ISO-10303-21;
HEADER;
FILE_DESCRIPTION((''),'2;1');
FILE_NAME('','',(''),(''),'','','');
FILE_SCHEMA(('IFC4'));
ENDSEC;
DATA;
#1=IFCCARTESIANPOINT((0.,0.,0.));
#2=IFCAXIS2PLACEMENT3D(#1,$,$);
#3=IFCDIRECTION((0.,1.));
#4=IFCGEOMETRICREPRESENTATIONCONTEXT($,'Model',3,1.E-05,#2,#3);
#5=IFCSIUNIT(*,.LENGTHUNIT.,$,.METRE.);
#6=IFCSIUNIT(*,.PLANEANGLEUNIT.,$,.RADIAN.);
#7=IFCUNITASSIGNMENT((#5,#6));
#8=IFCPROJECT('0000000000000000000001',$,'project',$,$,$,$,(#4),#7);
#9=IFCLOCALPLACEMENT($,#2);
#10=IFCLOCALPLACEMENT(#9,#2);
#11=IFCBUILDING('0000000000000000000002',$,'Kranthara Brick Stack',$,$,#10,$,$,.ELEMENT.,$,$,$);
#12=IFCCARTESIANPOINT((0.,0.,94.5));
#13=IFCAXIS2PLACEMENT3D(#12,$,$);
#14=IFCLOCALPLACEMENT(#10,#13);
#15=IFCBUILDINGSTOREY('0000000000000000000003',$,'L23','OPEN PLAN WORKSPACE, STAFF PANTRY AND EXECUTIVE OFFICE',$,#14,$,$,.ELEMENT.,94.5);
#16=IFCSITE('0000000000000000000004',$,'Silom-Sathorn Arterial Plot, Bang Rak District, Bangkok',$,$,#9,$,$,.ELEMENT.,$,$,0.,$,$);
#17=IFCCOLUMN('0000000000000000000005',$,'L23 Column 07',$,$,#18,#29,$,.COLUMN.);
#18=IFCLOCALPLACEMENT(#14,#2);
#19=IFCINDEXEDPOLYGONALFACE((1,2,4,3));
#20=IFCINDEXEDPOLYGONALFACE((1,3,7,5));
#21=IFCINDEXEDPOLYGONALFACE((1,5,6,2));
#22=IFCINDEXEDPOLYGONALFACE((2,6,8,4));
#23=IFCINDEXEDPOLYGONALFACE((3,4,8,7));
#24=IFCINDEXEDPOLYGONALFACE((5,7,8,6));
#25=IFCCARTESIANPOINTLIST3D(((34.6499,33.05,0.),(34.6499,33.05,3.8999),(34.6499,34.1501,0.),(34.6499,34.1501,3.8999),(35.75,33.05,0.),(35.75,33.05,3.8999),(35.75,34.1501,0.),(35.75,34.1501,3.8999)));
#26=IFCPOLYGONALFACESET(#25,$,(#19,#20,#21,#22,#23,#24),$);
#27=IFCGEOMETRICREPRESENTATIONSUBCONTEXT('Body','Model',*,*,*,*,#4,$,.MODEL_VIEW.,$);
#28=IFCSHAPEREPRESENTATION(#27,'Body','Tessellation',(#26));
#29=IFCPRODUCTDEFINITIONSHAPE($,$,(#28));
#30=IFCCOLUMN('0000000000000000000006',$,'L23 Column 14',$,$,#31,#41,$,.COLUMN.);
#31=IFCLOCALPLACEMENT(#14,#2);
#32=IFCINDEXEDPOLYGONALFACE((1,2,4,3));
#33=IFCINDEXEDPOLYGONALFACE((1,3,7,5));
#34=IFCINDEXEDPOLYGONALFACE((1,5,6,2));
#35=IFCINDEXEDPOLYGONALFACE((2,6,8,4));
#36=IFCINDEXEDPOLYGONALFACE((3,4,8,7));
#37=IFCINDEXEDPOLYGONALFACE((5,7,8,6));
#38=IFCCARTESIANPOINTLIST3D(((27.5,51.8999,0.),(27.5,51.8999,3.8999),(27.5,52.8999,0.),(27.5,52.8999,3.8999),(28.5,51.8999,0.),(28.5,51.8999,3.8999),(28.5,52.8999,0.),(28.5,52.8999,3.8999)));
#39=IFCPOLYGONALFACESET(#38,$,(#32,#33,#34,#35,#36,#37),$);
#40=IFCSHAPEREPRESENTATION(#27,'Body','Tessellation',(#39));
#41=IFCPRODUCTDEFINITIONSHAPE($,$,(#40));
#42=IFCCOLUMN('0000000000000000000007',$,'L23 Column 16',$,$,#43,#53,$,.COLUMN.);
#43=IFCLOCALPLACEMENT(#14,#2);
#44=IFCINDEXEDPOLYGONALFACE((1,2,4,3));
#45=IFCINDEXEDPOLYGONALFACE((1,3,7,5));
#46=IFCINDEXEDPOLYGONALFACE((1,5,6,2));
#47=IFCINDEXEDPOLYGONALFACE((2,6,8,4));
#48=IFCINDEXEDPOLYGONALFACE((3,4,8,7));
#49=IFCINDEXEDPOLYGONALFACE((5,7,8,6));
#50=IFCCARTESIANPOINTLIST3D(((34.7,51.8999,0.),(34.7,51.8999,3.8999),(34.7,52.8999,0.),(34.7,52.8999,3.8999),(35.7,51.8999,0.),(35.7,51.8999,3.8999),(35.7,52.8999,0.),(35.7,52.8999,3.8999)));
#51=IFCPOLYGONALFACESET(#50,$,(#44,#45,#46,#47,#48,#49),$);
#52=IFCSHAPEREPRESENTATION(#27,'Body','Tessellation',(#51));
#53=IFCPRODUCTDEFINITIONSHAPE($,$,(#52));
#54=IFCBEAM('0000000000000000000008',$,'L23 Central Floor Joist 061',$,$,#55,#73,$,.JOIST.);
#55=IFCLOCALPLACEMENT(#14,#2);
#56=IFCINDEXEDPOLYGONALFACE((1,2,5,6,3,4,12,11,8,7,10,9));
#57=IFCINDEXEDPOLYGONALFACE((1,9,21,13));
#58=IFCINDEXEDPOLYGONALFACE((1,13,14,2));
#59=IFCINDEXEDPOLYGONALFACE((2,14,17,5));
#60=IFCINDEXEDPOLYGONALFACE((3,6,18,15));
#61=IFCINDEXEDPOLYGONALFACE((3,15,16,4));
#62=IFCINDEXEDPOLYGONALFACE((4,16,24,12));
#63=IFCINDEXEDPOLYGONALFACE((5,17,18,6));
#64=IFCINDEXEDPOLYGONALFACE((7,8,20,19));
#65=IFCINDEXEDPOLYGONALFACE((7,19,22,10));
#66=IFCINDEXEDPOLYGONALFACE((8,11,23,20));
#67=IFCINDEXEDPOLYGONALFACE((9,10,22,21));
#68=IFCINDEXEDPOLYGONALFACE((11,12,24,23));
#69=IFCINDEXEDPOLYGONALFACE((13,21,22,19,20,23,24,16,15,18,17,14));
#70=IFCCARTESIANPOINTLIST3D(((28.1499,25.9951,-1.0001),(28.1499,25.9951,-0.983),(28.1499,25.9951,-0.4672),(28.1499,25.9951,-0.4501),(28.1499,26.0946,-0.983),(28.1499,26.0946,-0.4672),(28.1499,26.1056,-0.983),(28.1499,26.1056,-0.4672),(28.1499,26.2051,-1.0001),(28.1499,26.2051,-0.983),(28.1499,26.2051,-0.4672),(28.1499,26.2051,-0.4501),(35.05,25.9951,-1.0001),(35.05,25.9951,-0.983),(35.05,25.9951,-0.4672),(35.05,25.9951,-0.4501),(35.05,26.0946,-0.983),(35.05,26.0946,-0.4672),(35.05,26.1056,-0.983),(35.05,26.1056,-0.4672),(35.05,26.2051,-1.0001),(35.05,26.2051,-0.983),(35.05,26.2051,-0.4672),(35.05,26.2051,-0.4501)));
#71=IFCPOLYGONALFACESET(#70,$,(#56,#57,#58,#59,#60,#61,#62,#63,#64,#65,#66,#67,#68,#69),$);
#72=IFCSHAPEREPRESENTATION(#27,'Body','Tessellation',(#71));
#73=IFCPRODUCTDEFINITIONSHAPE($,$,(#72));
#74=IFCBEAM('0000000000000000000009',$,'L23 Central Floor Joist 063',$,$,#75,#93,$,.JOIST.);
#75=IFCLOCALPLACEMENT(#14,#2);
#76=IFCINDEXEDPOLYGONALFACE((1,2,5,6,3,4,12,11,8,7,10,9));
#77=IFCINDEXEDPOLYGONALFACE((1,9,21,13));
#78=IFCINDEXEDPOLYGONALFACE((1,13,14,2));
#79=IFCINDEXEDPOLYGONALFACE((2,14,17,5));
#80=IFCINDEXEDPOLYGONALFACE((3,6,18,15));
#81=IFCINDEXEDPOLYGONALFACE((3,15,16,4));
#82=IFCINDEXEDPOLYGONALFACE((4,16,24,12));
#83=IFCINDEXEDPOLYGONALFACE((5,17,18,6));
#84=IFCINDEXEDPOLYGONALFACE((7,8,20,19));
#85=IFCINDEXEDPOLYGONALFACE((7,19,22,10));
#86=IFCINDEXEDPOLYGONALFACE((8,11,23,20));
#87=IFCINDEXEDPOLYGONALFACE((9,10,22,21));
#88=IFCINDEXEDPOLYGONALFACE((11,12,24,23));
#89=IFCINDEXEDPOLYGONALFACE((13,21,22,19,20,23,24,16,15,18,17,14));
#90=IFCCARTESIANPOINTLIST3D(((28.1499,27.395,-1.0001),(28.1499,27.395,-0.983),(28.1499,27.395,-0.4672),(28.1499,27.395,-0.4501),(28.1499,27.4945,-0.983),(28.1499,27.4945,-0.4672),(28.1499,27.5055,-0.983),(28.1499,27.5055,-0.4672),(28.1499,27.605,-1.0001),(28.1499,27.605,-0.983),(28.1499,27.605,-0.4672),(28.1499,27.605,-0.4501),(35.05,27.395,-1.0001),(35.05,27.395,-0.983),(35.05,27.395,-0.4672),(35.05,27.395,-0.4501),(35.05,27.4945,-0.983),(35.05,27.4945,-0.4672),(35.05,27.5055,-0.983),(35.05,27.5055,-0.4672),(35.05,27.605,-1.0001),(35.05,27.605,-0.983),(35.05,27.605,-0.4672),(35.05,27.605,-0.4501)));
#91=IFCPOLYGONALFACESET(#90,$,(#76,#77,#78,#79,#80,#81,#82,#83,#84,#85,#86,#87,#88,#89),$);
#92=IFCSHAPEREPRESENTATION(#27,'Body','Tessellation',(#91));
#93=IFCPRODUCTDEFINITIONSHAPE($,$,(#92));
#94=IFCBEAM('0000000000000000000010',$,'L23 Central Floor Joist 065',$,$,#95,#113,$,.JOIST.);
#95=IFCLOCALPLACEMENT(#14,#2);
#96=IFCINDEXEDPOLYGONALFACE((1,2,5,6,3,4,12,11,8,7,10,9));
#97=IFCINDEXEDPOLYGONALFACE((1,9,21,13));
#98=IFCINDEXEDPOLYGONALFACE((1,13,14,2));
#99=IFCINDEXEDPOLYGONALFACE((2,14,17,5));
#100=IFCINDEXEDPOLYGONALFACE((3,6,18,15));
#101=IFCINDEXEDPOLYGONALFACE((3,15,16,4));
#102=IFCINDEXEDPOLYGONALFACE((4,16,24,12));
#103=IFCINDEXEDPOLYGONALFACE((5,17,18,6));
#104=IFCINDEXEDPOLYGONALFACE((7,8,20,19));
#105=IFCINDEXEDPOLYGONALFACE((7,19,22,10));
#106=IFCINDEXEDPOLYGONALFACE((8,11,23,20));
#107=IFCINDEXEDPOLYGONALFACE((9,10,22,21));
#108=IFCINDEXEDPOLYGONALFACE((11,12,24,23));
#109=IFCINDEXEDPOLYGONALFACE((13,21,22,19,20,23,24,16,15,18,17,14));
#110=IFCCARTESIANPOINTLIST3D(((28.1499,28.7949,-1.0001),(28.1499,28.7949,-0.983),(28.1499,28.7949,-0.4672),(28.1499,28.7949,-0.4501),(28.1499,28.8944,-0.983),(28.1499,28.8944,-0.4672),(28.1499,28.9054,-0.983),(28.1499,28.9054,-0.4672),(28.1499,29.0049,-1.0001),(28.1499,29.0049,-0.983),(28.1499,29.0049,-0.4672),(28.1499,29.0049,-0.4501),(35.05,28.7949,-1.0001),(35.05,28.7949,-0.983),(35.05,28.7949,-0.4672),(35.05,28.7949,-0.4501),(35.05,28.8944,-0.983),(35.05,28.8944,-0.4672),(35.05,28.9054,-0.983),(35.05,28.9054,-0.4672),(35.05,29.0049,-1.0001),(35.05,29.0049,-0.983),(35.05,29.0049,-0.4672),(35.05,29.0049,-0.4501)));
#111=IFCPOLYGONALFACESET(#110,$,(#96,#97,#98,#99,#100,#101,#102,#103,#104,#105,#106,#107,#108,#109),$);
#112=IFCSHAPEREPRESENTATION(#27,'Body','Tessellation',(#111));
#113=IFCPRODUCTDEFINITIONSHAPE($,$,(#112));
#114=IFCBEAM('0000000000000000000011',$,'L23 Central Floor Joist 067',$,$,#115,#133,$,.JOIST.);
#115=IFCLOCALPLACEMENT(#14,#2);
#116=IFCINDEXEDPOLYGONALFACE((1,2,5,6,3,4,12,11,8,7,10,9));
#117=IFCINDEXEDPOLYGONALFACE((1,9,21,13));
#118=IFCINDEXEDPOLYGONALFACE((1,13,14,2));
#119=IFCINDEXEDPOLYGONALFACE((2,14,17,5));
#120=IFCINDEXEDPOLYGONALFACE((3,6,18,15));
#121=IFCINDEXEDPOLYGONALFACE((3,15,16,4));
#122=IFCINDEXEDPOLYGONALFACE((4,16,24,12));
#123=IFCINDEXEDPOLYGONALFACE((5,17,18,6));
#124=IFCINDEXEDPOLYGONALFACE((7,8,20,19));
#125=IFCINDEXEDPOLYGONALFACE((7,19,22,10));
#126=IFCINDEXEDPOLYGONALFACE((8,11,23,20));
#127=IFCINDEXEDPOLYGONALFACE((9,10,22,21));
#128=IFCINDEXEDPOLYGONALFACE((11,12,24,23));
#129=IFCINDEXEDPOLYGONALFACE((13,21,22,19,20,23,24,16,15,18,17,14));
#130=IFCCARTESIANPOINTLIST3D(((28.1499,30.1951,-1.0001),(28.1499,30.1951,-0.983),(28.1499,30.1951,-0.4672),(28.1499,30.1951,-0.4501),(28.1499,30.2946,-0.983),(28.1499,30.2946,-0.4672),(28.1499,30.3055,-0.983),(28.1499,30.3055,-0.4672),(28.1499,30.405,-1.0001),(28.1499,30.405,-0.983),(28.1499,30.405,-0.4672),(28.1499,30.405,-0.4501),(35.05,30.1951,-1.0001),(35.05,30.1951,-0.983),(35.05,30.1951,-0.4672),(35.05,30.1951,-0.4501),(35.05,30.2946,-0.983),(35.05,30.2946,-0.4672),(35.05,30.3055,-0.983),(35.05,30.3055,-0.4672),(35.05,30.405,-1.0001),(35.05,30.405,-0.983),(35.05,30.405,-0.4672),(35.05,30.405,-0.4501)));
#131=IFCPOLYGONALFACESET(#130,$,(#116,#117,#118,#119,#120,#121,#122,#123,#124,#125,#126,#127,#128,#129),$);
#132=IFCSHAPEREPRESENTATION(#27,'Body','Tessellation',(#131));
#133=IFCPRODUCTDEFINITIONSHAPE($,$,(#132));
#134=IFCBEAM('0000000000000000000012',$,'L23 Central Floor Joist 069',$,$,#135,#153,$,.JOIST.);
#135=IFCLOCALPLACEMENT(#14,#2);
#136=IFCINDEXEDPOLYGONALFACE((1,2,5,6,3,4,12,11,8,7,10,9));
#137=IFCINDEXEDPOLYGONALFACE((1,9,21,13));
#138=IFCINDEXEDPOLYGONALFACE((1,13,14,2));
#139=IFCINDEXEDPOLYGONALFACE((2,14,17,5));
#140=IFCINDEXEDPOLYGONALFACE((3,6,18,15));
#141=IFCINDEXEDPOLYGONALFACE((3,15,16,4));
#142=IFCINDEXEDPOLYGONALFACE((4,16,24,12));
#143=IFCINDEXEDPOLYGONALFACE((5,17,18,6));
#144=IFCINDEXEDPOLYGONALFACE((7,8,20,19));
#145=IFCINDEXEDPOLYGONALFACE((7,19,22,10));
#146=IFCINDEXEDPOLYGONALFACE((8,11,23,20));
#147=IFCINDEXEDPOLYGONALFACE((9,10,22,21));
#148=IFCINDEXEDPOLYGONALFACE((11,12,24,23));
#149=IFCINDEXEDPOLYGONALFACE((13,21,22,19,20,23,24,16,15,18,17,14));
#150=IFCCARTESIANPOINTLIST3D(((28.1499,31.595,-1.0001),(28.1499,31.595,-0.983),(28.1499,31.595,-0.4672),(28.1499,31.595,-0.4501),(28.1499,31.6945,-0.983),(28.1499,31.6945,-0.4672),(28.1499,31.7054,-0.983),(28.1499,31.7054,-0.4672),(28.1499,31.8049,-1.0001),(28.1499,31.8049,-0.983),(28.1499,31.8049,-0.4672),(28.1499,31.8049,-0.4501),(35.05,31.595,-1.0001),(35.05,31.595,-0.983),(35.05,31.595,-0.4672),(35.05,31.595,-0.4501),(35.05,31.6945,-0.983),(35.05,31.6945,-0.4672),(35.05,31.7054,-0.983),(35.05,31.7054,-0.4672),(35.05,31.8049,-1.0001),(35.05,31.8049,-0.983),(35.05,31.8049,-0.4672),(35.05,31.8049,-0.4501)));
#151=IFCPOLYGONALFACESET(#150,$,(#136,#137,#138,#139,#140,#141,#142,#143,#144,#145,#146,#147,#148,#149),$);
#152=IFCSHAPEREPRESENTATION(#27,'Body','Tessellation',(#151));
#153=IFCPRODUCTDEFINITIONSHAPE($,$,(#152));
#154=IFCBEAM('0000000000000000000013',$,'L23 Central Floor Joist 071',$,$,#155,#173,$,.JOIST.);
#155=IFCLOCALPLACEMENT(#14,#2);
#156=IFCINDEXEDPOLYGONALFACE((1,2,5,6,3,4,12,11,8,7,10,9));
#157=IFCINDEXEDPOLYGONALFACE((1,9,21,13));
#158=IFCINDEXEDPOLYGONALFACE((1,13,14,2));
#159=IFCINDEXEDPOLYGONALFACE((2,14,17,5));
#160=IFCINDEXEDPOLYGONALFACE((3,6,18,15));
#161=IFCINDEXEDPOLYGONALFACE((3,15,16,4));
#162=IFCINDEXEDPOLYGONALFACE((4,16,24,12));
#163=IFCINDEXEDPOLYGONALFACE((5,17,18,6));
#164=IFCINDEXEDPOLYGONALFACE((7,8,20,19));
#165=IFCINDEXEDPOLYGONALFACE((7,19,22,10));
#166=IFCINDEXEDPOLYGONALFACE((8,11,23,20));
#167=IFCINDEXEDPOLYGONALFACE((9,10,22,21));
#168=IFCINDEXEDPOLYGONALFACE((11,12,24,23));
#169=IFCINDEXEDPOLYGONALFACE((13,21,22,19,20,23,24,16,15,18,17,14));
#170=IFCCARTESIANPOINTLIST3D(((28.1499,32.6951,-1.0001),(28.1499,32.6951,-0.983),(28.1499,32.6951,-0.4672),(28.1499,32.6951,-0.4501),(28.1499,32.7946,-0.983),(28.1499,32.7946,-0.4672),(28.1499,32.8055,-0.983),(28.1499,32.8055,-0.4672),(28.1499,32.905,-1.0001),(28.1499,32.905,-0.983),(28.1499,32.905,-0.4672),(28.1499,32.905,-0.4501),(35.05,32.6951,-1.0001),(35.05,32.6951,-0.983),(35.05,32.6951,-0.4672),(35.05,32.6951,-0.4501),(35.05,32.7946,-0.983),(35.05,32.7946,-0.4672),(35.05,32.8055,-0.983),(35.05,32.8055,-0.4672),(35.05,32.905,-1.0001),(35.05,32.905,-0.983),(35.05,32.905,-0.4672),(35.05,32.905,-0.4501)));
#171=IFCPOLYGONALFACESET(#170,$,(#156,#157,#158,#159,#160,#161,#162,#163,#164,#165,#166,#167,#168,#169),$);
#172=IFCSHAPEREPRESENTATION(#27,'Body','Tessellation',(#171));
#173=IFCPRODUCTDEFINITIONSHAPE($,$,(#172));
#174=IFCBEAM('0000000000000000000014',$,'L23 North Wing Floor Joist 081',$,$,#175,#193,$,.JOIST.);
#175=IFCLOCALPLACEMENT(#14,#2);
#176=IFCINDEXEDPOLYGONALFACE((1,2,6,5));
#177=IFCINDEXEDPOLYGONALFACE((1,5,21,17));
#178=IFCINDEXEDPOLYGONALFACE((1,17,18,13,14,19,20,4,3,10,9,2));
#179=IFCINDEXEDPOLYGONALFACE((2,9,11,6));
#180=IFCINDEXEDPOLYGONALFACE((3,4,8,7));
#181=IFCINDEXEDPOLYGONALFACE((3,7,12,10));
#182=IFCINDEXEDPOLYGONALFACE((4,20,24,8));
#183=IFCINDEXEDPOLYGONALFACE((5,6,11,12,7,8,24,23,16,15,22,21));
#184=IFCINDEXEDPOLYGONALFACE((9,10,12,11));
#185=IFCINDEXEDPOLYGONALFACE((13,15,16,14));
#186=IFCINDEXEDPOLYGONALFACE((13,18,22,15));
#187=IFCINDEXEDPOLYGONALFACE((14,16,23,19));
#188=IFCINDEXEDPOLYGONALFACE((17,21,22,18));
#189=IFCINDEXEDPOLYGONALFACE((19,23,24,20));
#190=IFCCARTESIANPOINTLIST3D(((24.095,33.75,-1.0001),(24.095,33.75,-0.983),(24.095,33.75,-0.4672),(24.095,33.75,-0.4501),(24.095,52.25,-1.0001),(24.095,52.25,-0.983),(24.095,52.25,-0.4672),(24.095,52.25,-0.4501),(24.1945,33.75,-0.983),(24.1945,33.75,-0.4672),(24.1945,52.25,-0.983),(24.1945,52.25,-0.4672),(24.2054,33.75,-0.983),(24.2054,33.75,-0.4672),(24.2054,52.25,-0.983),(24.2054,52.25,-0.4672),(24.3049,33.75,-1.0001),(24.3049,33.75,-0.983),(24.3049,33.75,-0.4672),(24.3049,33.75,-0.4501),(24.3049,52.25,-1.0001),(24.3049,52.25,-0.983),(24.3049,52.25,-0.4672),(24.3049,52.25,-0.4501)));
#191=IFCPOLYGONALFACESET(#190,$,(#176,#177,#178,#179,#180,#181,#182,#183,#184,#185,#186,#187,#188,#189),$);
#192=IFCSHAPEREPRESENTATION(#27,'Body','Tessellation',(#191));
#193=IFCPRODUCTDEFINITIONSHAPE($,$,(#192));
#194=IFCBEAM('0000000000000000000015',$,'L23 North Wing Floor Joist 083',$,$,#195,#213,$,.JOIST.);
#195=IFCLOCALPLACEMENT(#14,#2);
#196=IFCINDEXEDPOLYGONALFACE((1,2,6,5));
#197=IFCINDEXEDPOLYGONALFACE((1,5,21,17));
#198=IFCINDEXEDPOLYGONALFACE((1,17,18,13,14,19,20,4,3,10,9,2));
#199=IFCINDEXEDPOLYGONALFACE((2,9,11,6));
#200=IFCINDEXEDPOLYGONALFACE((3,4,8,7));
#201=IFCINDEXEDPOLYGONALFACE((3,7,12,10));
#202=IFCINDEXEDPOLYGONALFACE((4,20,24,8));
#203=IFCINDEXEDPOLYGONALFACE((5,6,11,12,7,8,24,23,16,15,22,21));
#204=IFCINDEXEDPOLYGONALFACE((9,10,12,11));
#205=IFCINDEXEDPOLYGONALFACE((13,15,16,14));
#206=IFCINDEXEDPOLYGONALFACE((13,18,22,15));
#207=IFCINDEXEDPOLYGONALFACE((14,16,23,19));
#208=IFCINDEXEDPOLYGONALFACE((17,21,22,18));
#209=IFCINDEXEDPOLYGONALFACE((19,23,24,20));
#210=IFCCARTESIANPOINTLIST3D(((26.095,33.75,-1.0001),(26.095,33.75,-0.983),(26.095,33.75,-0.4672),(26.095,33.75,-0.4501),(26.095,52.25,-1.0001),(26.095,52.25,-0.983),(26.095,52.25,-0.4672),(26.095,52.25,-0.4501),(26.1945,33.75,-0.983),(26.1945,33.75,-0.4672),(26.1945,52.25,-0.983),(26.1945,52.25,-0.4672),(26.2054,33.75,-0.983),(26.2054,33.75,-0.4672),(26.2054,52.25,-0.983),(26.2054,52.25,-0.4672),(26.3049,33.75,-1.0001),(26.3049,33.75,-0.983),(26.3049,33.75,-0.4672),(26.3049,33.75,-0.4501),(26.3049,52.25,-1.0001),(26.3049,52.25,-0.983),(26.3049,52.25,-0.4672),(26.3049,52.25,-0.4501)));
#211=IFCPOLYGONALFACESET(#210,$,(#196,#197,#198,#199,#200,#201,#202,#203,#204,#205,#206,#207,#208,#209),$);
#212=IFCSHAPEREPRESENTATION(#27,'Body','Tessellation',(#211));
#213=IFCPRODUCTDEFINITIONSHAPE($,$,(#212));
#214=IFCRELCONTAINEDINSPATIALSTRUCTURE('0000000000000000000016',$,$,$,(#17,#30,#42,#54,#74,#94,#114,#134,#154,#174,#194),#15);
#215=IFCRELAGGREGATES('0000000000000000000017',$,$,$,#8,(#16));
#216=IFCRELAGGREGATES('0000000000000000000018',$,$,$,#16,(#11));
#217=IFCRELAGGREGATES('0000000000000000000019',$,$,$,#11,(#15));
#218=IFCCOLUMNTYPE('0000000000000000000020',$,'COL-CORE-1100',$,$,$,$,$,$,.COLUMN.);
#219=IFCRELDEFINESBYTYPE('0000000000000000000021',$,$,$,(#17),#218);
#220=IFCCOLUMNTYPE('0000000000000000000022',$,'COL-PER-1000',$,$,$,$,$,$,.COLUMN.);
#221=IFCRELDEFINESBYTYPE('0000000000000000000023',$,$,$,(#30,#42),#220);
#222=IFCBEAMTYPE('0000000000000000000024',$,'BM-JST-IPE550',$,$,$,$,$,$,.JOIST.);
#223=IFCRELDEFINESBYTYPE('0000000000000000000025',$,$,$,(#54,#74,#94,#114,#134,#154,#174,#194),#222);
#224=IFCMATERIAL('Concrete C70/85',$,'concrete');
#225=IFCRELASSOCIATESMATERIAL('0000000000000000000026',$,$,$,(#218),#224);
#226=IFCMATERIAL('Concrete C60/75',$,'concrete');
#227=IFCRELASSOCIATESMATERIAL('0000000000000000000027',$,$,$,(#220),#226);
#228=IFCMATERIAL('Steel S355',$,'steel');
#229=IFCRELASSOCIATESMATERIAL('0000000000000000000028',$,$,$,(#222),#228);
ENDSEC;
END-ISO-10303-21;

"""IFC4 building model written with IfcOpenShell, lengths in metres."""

from ifc_helpers import new_model, si_unit, direction, frame, origin, origin_2d, place, context, subcontext, project, spatial, rectangle, i_section, extrude, material, material_profile, profile_set, type_object, element, save


model = new_model("IFC4")

# Units and contexts
model_context = context("Model", 3, precision=1e-05, world=origin(), true_north=direction((0.0, 1.0)))
body_context = subcontext(model_context, "Body", "Model", "MODEL_VIEW")
ifc_project = project(units=[si_unit("LENGTHUNIT", "METRE"), si_unit("PLANEANGLEUNIT", "RADIAN")], contexts=[model_context])

# Site, building, storey
site_placement = place(None, origin())
site = spatial("IfcSite", under=ifc_project, at=site_placement, Name="Silom-Sathorn Arterial Plot, Bang Rak District, Bangkok", CompositionType="ELEMENT", RefElevation=0.0)
building_placement = place(site_placement, origin())
building = spatial("IfcBuilding", under=site, at=building_placement, Name="Kranthara Brick Stack", CompositionType="ELEMENT")
storey_placement = place(building_placement, frame((0.0, 0.0, 94.5)))
storey = spatial("IfcBuildingStorey", under=building, at=storey_placement, Name="L23", Description="OPEN PLAN WORKSPACE, STAFF PANTRY AND EXECUTIVE OFFICE", CompositionType="ELEMENT", Elevation=94.5)

# Columns
ifc_material_1 = material(Name="Concrete C70/85", Category="concrete")
ifc_material_profile_1 = material_profile(ifc_material_1, rectangle(XDim=1.1001, YDim=1.1001, at=origin_2d()), Name="RC 1100x1100")
ifc_profile_set_1 = profile_set([ifc_material_profile_1], Name="Concrete C70/85")
column_type_1 = type_object("IfcColumnType", Name="COL-CORE-1100", PredefinedType="COLUMN", material=ifc_profile_set_1)
column_placement = place(storey_placement, frame((35.2, 33.6001, 0.0), z_axis=(0.0, 0.0, 1.0), x_axis=(1.0, 0.0, 0.0)))
element("IfcColumn", 1, at=column_placement, inside=storey, type_object=column_type_1, Name="L23 Column 07", PredefinedType="COLUMN", context=body_context, shape_type="SweptSolid", body=[
    extrude(rectangle(XDim=1.1001, YDim=1.1001, at=origin_2d()), origin(), (0.0, 0.0, 1.0), 3.8999),
])
ifc_material_2 = material(Name="Concrete C60/75", Category="concrete")
ifc_material_profile_2 = material_profile(ifc_material_2, rectangle(XDim=1.0, YDim=1.0, at=origin_2d()), Name="RC 1000x1000")
ifc_profile_set_2 = profile_set([ifc_material_profile_2], Name="Concrete C60/75")
column_type_2 = type_object("IfcColumnType", Name="COL-PER-1000", PredefinedType="COLUMN", material=ifc_profile_set_2)
for number, where, z_axis, x_axis, name in (
    (2, (28.0, 52.3999, 0.0), (0.0, 0.0, 1.0), (1.0, 0.0, 0.0), "L23 Column 14"),
    (3, (35.2, 52.3999, 0.0), (0.0, 0.0, 1.0), (1.0, 0.0, 0.0), "L23 Column 16"),
):
    element("IfcColumn", number, at=place(storey_placement, frame(where, z_axis=z_axis, x_axis=x_axis)), inside=storey, type_object=column_type_2, Name=name, PredefinedType="COLUMN", context=body_context, shape_type="SweptSolid", body=[
        extrude(rectangle(XDim=1.0, YDim=1.0, at=origin_2d()), origin(), (0.0, 0.0, 1.0), 3.8999),
    ])

# Beams
ifc_material_3 = material(Name="Steel S355", Category="steel")
ifc_material_profile_3 = material_profile(ifc_material_3, i_section(OverallWidth=0.21, OverallDepth=0.55, WebThickness=0.011, FlangeThickness=0.0171, at=origin_2d()), Name="IPE 550")
ifc_profile_set_3 = profile_set([ifc_material_profile_3], Name="Steel S355")
beam_type_1 = type_object("IfcBeamType", Name="BM-JST-IPE550", PredefinedType="JOIST", material=ifc_profile_set_3)
for number, where, z_axis, x_axis, name in (
    (4, (28.1499, 26.1001, -0.7251), (1.0, 0.0, 0.0), (0.0, 1.0, 0.0), "L23 Central Floor Joist 061"),
    (5, (28.1499, 27.5, -0.7251), (1.0, 0.0, 0.0), (0.0, 1.0, 0.0), "L23 Central Floor Joist 063"),
    (6, (28.1499, 28.8999, -0.7251), (1.0, 0.0, 0.0), (0.0, 1.0, 0.0), "L23 Central Floor Joist 065"),
    (7, (28.1499, 30.3, -0.7251), (1.0, 0.0, 0.0), (0.0, 1.0, 0.0), "L23 Central Floor Joist 067"),
    (8, (28.1499, 31.7, -0.7251), (1.0, 0.0, 0.0), (0.0, 1.0, 0.0), "L23 Central Floor Joist 069"),
    (9, (28.1499, 32.8, -0.7251), (1.0, 0.0, 0.0), (0.0, 1.0, 0.0), "L23 Central Floor Joist 071"),
):
    element("IfcBeam", number, at=place(storey_placement, frame(where, z_axis=z_axis, x_axis=x_axis)), inside=storey, type_object=beam_type_1, Name=name, PredefinedType="JOIST", context=body_context, shape_type="SweptSolid", body=[
        extrude(i_section(OverallWidth=0.21, OverallDepth=0.55, WebThickness=0.011, FlangeThickness=0.0171, at=origin_2d()), origin(), (0.0, 0.0, 1.0), 6.9001),
    ])
for number, where, z_axis, x_axis, name in (
    (10, (24.2, 33.75, -0.7251), (0.0, 1.0, 0.0), (-1.0, 0.0, 0.0), "L23 North Wing Floor Joist 081"),
    (11, (26.2, 33.75, -0.7251), (0.0, 1.0, 0.0), (-1.0, 0.0, 0.0), "L23 North Wing Floor Joist 083"),
):
    element("IfcBeam", number, at=place(storey_placement, frame(where, z_axis=z_axis, x_axis=x_axis)), inside=storey, type_object=beam_type_1, Name=name, PredefinedType="JOIST", context=body_context, shape_type="SweptSolid", body=[
        extrude(i_section(OverallWidth=0.21, OverallDepth=0.55, WebThickness=0.011, FlangeThickness=0.0171, at=origin_2d()), origin(), (0.0, 0.0, 1.0), 18.5),
    ])

save(model, "model.ifc")
